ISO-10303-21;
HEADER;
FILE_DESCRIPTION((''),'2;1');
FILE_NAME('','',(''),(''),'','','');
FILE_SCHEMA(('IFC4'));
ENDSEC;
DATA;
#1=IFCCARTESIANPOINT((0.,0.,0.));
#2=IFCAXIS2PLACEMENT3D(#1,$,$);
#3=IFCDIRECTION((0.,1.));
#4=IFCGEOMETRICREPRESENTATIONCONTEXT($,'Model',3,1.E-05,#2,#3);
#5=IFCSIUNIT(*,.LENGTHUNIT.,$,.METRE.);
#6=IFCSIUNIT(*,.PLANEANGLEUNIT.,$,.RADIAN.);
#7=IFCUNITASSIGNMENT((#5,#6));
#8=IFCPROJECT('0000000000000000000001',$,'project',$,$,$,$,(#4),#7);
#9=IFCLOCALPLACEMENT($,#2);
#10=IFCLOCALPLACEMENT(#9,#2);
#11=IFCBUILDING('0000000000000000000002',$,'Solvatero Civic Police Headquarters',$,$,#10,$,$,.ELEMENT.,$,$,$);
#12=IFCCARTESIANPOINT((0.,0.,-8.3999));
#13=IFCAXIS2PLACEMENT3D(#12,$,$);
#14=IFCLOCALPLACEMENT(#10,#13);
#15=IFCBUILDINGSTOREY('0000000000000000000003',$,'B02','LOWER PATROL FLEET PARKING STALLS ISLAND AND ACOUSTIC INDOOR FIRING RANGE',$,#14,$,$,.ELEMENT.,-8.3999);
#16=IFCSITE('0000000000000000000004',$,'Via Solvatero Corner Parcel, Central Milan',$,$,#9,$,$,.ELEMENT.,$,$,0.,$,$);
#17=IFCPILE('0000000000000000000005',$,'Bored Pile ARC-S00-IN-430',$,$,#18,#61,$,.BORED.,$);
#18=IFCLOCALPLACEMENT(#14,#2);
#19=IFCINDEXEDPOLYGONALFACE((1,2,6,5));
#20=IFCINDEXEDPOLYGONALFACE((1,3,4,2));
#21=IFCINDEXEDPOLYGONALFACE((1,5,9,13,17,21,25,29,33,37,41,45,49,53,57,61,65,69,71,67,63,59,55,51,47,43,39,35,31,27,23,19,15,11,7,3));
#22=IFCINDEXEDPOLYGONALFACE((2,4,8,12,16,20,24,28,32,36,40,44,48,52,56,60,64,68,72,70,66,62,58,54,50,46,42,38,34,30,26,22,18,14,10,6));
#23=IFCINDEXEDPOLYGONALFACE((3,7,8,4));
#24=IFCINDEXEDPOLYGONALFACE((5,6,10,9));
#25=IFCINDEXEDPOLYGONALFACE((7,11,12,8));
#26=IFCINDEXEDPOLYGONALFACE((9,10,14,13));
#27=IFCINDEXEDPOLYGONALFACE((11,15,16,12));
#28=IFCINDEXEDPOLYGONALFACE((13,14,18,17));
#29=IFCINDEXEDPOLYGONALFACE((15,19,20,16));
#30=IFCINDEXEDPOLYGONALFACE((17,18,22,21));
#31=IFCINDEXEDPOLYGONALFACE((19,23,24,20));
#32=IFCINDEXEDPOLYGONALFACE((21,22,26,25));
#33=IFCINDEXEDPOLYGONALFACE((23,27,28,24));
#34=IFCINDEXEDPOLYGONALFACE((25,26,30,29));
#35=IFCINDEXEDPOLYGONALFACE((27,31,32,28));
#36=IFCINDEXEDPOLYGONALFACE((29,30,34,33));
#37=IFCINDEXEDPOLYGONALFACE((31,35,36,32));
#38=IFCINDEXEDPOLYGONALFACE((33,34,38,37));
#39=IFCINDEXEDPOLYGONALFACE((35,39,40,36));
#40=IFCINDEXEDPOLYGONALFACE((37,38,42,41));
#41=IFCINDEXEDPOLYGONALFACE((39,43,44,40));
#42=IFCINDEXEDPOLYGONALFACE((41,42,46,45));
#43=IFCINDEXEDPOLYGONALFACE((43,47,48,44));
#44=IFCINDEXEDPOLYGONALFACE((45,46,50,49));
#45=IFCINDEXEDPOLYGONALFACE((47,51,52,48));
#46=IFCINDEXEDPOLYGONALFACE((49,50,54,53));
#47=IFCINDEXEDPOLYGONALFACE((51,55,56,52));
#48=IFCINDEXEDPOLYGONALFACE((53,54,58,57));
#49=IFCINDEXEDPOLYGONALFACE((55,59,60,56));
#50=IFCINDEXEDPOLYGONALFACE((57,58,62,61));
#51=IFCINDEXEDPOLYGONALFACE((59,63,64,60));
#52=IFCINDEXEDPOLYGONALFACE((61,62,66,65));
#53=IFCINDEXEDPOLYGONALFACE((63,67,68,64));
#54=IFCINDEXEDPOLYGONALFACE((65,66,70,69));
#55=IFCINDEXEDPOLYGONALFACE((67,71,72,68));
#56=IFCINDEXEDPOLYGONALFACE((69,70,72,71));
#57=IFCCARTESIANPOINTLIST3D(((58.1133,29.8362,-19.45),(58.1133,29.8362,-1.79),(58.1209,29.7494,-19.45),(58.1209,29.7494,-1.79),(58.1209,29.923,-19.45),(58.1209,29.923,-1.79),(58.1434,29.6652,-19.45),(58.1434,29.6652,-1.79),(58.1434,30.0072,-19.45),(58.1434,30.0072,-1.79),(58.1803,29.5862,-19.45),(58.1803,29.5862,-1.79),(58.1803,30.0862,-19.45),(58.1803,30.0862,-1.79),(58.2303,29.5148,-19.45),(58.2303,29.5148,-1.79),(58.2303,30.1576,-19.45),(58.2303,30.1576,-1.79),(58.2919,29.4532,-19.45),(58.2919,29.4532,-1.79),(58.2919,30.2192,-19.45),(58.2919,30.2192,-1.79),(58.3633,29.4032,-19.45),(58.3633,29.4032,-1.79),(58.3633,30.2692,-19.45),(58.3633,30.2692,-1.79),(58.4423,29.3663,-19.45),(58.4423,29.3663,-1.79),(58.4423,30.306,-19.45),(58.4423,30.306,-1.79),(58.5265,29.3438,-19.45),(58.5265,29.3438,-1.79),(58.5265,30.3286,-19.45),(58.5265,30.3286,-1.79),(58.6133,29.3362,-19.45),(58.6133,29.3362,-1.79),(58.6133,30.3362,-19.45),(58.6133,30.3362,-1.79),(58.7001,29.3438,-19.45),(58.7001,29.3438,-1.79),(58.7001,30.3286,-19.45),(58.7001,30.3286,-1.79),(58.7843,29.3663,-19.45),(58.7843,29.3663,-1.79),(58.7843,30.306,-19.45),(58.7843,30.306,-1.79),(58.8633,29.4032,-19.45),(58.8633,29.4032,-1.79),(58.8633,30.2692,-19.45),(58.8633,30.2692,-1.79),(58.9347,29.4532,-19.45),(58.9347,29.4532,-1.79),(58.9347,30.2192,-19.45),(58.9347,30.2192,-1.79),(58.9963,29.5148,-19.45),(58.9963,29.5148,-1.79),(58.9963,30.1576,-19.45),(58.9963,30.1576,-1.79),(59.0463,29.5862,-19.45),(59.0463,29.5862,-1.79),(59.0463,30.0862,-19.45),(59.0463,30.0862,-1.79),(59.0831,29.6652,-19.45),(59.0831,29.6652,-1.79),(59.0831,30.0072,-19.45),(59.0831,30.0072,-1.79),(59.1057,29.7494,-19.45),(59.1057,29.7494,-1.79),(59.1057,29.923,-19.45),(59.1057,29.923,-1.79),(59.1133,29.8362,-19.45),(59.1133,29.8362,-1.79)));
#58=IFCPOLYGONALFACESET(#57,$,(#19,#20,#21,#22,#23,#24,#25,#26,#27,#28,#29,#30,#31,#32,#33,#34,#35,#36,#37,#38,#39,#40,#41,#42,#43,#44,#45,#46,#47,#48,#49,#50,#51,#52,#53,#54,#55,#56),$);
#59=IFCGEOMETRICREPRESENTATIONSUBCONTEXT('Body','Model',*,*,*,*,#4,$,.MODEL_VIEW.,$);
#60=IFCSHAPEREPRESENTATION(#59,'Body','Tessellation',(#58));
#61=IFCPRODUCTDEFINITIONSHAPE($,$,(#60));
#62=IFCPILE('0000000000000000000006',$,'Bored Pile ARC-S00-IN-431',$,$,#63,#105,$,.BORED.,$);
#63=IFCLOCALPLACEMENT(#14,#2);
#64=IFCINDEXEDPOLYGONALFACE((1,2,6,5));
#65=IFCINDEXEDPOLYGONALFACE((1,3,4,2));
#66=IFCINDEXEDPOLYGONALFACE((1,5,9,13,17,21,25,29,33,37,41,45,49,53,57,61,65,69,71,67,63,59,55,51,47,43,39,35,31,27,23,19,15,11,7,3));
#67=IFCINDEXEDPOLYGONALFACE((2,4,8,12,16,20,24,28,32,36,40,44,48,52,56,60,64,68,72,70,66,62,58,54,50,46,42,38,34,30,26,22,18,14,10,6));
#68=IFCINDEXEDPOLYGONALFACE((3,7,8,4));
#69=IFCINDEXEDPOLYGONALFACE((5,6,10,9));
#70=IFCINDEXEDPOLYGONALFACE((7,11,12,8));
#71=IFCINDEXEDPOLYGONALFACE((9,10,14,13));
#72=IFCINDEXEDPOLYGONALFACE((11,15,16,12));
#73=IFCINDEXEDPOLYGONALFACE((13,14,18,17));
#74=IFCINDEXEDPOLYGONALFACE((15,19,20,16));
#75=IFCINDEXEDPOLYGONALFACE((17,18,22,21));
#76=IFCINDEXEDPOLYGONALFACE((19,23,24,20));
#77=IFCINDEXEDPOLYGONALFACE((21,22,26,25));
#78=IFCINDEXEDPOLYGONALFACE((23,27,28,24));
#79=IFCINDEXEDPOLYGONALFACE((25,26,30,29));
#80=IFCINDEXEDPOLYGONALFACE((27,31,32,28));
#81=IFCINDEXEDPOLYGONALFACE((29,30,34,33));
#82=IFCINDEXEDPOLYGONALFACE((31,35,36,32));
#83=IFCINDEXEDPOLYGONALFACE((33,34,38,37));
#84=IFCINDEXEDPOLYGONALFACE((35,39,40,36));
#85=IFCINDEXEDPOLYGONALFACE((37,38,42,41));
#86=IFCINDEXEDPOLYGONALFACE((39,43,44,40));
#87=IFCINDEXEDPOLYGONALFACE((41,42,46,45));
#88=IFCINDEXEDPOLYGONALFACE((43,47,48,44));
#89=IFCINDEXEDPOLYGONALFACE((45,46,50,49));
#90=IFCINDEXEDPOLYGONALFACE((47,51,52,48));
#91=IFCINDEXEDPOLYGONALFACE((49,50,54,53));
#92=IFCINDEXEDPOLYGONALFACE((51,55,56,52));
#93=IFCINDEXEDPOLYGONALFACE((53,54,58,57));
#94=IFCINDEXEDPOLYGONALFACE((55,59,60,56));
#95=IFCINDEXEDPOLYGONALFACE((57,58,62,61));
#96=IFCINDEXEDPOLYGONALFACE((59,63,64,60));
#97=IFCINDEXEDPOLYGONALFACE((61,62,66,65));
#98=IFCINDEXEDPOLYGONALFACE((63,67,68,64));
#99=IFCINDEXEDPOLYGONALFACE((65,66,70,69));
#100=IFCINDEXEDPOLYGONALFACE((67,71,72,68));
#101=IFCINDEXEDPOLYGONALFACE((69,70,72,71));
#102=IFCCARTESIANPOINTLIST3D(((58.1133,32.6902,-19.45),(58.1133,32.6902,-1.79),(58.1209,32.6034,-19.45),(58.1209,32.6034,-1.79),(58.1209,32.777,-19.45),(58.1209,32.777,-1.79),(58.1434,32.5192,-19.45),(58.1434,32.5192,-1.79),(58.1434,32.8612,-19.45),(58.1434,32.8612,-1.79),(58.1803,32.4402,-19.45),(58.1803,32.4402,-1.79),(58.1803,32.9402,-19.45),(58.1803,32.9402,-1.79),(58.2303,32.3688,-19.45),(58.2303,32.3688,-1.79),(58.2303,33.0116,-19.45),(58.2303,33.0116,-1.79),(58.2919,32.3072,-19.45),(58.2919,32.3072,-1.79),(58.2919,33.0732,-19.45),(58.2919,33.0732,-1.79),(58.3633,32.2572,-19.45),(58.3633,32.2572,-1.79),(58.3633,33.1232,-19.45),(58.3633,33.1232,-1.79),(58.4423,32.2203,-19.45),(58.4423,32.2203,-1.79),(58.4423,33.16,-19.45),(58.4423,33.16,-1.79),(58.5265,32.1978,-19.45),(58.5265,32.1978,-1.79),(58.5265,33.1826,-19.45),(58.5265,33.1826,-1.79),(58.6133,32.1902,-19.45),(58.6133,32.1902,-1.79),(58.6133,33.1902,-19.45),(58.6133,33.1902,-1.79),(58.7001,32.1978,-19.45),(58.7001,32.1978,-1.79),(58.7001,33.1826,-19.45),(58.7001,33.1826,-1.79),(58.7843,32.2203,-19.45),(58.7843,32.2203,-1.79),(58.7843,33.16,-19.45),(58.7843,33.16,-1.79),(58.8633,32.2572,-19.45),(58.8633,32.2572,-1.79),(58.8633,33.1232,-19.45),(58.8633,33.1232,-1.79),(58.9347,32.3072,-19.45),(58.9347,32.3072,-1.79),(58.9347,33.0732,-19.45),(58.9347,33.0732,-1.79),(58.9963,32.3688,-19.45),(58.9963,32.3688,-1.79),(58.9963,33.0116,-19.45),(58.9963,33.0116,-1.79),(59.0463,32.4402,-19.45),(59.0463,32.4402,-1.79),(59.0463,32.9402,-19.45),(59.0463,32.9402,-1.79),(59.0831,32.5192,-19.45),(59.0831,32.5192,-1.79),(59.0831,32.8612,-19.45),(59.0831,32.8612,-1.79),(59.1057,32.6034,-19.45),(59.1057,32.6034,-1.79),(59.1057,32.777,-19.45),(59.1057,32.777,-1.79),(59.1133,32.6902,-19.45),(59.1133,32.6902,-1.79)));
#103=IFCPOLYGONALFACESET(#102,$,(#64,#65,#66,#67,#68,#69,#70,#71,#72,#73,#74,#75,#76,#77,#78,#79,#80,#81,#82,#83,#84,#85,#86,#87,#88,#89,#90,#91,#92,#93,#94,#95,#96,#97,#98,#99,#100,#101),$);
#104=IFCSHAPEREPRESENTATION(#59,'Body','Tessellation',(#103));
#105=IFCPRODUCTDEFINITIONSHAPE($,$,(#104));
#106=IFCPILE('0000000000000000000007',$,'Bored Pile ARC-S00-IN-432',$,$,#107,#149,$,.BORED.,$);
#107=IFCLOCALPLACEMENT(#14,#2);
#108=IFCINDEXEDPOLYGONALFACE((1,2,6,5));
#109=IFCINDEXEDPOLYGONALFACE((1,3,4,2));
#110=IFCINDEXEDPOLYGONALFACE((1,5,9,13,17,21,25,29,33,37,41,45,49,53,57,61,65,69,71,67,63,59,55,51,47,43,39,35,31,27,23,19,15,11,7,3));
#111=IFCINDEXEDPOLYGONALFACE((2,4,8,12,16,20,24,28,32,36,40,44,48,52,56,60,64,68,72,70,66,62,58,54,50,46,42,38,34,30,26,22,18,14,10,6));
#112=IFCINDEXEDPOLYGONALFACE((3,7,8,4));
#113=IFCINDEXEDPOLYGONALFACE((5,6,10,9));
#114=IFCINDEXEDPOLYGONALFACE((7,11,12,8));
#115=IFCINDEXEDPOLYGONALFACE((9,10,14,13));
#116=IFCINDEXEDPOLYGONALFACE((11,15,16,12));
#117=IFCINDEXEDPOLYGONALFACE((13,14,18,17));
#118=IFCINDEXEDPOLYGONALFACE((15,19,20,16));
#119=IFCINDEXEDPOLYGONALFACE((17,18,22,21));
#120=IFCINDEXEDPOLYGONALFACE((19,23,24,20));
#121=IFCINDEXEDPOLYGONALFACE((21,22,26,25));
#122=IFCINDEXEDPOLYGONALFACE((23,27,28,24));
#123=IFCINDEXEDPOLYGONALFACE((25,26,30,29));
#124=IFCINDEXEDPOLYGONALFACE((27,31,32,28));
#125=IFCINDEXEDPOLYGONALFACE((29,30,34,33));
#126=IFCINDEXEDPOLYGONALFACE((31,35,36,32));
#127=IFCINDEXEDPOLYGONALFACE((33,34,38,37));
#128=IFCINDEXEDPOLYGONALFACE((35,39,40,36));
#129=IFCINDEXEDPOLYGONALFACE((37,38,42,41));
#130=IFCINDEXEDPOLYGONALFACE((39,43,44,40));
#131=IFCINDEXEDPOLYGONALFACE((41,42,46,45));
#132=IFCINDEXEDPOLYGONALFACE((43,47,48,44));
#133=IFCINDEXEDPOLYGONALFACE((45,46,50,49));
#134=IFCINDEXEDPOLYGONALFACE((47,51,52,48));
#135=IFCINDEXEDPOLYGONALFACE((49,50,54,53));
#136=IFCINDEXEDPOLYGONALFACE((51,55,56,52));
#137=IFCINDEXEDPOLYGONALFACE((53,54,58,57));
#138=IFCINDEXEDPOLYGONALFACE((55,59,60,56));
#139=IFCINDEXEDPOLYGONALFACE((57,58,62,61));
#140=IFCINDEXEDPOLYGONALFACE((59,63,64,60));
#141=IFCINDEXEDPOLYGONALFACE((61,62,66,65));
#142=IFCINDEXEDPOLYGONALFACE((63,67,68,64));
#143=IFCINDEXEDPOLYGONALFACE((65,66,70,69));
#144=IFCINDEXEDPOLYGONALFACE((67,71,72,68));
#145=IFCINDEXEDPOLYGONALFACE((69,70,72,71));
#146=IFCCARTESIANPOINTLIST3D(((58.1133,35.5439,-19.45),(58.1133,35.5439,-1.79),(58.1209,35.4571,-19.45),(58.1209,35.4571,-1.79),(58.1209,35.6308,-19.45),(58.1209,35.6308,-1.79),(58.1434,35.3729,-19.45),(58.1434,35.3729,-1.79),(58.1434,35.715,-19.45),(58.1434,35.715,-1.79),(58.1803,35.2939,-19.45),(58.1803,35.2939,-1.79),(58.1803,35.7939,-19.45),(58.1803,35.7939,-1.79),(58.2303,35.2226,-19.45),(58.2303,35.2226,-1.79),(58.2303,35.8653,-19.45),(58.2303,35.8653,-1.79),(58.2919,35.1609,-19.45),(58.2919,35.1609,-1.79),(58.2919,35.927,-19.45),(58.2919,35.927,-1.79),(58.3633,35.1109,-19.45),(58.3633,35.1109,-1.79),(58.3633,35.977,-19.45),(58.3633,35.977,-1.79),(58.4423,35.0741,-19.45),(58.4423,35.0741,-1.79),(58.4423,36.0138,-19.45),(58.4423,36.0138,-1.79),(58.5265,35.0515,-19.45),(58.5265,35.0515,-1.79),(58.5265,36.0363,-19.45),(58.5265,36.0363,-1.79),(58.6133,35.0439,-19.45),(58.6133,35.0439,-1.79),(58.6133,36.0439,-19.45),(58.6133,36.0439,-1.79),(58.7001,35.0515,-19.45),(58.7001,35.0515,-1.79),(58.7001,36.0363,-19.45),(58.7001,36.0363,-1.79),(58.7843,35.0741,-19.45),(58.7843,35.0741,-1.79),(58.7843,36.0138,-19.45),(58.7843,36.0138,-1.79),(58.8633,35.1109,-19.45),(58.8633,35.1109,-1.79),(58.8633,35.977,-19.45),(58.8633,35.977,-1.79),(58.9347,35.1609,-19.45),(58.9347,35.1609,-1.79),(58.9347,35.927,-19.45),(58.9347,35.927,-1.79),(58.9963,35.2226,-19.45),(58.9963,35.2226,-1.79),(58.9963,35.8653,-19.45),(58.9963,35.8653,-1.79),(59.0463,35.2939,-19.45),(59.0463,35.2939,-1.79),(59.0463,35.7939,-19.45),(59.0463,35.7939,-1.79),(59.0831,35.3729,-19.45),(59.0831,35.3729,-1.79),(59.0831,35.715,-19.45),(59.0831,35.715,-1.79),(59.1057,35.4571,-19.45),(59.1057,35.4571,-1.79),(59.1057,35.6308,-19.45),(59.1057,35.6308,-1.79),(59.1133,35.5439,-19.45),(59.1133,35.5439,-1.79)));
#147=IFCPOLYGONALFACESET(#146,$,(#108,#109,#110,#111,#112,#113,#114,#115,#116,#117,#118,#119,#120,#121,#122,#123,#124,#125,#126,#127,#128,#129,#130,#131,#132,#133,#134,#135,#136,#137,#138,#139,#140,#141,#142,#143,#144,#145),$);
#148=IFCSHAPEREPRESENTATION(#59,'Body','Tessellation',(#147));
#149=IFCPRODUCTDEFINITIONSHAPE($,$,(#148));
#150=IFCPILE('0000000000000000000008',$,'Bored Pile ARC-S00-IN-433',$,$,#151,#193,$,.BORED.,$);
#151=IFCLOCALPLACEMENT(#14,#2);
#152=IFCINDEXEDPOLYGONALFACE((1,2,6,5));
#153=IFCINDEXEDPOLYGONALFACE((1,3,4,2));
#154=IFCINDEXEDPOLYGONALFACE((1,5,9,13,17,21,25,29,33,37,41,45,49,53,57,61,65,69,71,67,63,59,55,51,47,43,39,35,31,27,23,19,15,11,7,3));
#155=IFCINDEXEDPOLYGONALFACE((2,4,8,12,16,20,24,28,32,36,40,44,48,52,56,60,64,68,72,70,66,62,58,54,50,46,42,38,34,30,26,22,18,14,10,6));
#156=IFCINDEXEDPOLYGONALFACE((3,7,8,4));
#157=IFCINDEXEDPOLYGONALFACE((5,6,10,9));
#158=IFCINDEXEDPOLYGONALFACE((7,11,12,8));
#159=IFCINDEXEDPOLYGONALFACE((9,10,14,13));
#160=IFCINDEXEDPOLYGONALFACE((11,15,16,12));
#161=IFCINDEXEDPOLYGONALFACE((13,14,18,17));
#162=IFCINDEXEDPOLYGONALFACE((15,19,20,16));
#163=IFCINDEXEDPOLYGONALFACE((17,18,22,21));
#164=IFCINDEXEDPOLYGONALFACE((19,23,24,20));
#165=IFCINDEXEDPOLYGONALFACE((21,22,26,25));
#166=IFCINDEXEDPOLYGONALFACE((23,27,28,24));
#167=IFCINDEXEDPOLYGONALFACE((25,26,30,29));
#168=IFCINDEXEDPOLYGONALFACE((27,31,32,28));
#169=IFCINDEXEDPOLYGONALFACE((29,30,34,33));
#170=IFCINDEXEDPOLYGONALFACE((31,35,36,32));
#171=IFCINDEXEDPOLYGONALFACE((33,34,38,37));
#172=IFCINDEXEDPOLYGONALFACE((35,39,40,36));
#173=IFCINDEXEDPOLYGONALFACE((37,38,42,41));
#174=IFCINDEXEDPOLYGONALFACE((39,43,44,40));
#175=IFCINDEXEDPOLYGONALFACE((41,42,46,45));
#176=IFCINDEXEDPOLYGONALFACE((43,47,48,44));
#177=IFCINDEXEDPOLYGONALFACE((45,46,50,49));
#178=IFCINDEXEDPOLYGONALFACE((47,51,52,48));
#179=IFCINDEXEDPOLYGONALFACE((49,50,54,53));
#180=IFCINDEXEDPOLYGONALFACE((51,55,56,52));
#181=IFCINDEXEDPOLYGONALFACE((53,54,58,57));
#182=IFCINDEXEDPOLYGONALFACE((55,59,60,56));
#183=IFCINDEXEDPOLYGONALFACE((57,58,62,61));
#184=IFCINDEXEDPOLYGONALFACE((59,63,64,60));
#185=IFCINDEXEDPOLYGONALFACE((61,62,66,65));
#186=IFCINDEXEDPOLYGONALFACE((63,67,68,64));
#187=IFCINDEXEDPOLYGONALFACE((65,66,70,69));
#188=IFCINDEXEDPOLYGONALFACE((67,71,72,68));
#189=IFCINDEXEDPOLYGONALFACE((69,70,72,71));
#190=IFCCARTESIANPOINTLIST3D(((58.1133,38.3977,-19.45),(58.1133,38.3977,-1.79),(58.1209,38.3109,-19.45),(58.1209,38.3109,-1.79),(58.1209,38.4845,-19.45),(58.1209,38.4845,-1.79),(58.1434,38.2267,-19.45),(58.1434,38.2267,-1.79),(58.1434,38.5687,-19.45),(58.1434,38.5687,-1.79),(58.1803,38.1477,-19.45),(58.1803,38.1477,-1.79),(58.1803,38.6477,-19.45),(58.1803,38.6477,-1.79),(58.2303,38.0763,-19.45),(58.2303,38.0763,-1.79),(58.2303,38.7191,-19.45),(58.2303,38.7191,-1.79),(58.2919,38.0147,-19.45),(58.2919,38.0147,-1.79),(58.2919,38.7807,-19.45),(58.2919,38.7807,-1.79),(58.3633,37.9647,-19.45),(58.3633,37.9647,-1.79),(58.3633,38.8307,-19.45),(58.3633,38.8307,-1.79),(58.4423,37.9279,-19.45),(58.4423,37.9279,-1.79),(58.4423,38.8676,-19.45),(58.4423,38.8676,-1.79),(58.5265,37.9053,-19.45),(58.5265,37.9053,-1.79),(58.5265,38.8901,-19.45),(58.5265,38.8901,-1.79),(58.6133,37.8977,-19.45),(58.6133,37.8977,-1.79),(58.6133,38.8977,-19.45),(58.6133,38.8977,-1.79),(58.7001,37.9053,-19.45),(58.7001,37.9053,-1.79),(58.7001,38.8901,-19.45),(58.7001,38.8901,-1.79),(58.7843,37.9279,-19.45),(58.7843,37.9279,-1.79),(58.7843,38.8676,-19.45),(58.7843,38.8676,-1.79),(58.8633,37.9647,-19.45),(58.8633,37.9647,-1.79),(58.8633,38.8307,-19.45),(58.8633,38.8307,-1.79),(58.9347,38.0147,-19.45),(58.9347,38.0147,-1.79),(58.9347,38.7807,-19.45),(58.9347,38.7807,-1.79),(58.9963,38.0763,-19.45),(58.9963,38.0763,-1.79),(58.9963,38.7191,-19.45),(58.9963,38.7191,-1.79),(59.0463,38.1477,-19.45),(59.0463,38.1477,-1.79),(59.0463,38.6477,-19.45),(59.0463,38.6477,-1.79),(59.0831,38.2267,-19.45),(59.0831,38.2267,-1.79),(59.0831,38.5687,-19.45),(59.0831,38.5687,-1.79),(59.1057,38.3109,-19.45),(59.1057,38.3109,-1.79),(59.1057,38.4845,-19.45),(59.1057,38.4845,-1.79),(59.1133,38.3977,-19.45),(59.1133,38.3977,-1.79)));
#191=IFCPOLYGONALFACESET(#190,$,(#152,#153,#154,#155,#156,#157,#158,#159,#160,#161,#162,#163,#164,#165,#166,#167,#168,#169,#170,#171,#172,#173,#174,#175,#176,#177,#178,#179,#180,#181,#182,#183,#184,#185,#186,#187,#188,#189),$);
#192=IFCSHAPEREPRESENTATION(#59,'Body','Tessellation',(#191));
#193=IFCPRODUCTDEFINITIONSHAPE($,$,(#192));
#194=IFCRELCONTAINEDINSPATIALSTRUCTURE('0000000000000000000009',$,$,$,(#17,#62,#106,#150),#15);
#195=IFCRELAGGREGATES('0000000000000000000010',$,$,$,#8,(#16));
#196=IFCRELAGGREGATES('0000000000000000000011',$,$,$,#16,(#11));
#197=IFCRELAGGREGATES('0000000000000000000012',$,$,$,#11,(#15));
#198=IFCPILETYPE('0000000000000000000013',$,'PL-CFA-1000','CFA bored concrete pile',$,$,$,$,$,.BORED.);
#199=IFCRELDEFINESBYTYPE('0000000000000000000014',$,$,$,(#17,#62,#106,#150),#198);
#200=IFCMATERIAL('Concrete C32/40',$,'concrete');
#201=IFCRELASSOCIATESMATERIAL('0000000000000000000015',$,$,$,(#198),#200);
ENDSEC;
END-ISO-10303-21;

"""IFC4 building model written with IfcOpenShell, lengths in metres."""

from ifc_helpers import new_model, si_unit, direction, frame, origin, origin_2d, place, context, subcontext, project, spatial, circle, extrude, material, material_profile, profile_set, type_object, element, save


model = new_model("IFC4")

# Units and contexts
model_context = context("Model", 3, precision=1e-05, world=origin(), true_north=direction((0.0, 1.0)))
body_context = subcontext(model_context, "Body", "Model", "MODEL_VIEW")
ifc_project = project(units=[si_unit("LENGTHUNIT", "METRE"), si_unit("PLANEANGLEUNIT", "RADIAN")], contexts=[model_context])

# Site, building, storey
site_placement = place(None, origin())
site = spatial("IfcSite", under=ifc_project, at=site_placement, Name="Via Solvatero Corner Parcel, Central Milan", CompositionType="ELEMENT", RefElevation=0.0)
building_placement = place(site_placement, origin())
building = spatial("IfcBuilding", under=site, at=building_placement, Name="Solvatero Civic Police Headquarters", CompositionType="ELEMENT")
storey_placement = place(building_placement, frame((0.0, 0.0, -8.3999)))
storey = spatial("IfcBuildingStorey", under=building, at=storey_placement, Name="B02", Description="LOWER PATROL FLEET PARKING STALLS ISLAND AND ACOUSTIC INDOOR FIRING RANGE", CompositionType="ELEMENT", Elevation=-8.3999)

# Piles
ifc_material_1 = material(Name="Concrete C32/40", Category="concrete")
ifc_material_profile_1 = material_profile(ifc_material_1, circle(Radius=0.5, at=origin_2d()), Name="CFA PILE D1000")
ifc_profile_set_1 = profile_set([ifc_material_profile_1], Name="Concrete C32/40")
pile_type = type_object("IfcPileType", Name="PL-CFA-1000", Description="CFA bored concrete pile", PredefinedType="BORED", material=ifc_profile_set_1)
for number, where, z_axis, x_axis, name in (
    (1, (58.6133, 29.8362, -1.79), (0.0, 0.0, -1.0), (1.0, 0.0, 0.0), "Bored Pile ARC-S00-IN-430"),
    (2, (58.6133, 32.6902, -1.79), (0.0, 0.0, -1.0), (1.0, 0.0, 0.0), "Bored Pile ARC-S00-IN-431"),
    (3, (58.6133, 35.5439, -1.79), (0.0, 0.0, -1.0), (1.0, 0.0, 0.0), "Bored Pile ARC-S00-IN-432"),
    (4, (58.6133, 38.3977, -1.79), (0.0, 0.0, -1.0), (1.0, 0.0, 0.0), "Bored Pile ARC-S00-IN-433"),
):
    element("IfcPile", number, at=place(storey_placement, frame(where, z_axis=z_axis, x_axis=x_axis)), inside=storey, type_object=pile_type, Name=name, PredefinedType="BORED", context=body_context, shape_type="SweptSolid", body=[
        extrude(circle(Radius=0.5, at=origin_2d()), origin(), (0.0, 0.0, 1.0), 17.6599),
    ])

save(model, "model.ifc")
